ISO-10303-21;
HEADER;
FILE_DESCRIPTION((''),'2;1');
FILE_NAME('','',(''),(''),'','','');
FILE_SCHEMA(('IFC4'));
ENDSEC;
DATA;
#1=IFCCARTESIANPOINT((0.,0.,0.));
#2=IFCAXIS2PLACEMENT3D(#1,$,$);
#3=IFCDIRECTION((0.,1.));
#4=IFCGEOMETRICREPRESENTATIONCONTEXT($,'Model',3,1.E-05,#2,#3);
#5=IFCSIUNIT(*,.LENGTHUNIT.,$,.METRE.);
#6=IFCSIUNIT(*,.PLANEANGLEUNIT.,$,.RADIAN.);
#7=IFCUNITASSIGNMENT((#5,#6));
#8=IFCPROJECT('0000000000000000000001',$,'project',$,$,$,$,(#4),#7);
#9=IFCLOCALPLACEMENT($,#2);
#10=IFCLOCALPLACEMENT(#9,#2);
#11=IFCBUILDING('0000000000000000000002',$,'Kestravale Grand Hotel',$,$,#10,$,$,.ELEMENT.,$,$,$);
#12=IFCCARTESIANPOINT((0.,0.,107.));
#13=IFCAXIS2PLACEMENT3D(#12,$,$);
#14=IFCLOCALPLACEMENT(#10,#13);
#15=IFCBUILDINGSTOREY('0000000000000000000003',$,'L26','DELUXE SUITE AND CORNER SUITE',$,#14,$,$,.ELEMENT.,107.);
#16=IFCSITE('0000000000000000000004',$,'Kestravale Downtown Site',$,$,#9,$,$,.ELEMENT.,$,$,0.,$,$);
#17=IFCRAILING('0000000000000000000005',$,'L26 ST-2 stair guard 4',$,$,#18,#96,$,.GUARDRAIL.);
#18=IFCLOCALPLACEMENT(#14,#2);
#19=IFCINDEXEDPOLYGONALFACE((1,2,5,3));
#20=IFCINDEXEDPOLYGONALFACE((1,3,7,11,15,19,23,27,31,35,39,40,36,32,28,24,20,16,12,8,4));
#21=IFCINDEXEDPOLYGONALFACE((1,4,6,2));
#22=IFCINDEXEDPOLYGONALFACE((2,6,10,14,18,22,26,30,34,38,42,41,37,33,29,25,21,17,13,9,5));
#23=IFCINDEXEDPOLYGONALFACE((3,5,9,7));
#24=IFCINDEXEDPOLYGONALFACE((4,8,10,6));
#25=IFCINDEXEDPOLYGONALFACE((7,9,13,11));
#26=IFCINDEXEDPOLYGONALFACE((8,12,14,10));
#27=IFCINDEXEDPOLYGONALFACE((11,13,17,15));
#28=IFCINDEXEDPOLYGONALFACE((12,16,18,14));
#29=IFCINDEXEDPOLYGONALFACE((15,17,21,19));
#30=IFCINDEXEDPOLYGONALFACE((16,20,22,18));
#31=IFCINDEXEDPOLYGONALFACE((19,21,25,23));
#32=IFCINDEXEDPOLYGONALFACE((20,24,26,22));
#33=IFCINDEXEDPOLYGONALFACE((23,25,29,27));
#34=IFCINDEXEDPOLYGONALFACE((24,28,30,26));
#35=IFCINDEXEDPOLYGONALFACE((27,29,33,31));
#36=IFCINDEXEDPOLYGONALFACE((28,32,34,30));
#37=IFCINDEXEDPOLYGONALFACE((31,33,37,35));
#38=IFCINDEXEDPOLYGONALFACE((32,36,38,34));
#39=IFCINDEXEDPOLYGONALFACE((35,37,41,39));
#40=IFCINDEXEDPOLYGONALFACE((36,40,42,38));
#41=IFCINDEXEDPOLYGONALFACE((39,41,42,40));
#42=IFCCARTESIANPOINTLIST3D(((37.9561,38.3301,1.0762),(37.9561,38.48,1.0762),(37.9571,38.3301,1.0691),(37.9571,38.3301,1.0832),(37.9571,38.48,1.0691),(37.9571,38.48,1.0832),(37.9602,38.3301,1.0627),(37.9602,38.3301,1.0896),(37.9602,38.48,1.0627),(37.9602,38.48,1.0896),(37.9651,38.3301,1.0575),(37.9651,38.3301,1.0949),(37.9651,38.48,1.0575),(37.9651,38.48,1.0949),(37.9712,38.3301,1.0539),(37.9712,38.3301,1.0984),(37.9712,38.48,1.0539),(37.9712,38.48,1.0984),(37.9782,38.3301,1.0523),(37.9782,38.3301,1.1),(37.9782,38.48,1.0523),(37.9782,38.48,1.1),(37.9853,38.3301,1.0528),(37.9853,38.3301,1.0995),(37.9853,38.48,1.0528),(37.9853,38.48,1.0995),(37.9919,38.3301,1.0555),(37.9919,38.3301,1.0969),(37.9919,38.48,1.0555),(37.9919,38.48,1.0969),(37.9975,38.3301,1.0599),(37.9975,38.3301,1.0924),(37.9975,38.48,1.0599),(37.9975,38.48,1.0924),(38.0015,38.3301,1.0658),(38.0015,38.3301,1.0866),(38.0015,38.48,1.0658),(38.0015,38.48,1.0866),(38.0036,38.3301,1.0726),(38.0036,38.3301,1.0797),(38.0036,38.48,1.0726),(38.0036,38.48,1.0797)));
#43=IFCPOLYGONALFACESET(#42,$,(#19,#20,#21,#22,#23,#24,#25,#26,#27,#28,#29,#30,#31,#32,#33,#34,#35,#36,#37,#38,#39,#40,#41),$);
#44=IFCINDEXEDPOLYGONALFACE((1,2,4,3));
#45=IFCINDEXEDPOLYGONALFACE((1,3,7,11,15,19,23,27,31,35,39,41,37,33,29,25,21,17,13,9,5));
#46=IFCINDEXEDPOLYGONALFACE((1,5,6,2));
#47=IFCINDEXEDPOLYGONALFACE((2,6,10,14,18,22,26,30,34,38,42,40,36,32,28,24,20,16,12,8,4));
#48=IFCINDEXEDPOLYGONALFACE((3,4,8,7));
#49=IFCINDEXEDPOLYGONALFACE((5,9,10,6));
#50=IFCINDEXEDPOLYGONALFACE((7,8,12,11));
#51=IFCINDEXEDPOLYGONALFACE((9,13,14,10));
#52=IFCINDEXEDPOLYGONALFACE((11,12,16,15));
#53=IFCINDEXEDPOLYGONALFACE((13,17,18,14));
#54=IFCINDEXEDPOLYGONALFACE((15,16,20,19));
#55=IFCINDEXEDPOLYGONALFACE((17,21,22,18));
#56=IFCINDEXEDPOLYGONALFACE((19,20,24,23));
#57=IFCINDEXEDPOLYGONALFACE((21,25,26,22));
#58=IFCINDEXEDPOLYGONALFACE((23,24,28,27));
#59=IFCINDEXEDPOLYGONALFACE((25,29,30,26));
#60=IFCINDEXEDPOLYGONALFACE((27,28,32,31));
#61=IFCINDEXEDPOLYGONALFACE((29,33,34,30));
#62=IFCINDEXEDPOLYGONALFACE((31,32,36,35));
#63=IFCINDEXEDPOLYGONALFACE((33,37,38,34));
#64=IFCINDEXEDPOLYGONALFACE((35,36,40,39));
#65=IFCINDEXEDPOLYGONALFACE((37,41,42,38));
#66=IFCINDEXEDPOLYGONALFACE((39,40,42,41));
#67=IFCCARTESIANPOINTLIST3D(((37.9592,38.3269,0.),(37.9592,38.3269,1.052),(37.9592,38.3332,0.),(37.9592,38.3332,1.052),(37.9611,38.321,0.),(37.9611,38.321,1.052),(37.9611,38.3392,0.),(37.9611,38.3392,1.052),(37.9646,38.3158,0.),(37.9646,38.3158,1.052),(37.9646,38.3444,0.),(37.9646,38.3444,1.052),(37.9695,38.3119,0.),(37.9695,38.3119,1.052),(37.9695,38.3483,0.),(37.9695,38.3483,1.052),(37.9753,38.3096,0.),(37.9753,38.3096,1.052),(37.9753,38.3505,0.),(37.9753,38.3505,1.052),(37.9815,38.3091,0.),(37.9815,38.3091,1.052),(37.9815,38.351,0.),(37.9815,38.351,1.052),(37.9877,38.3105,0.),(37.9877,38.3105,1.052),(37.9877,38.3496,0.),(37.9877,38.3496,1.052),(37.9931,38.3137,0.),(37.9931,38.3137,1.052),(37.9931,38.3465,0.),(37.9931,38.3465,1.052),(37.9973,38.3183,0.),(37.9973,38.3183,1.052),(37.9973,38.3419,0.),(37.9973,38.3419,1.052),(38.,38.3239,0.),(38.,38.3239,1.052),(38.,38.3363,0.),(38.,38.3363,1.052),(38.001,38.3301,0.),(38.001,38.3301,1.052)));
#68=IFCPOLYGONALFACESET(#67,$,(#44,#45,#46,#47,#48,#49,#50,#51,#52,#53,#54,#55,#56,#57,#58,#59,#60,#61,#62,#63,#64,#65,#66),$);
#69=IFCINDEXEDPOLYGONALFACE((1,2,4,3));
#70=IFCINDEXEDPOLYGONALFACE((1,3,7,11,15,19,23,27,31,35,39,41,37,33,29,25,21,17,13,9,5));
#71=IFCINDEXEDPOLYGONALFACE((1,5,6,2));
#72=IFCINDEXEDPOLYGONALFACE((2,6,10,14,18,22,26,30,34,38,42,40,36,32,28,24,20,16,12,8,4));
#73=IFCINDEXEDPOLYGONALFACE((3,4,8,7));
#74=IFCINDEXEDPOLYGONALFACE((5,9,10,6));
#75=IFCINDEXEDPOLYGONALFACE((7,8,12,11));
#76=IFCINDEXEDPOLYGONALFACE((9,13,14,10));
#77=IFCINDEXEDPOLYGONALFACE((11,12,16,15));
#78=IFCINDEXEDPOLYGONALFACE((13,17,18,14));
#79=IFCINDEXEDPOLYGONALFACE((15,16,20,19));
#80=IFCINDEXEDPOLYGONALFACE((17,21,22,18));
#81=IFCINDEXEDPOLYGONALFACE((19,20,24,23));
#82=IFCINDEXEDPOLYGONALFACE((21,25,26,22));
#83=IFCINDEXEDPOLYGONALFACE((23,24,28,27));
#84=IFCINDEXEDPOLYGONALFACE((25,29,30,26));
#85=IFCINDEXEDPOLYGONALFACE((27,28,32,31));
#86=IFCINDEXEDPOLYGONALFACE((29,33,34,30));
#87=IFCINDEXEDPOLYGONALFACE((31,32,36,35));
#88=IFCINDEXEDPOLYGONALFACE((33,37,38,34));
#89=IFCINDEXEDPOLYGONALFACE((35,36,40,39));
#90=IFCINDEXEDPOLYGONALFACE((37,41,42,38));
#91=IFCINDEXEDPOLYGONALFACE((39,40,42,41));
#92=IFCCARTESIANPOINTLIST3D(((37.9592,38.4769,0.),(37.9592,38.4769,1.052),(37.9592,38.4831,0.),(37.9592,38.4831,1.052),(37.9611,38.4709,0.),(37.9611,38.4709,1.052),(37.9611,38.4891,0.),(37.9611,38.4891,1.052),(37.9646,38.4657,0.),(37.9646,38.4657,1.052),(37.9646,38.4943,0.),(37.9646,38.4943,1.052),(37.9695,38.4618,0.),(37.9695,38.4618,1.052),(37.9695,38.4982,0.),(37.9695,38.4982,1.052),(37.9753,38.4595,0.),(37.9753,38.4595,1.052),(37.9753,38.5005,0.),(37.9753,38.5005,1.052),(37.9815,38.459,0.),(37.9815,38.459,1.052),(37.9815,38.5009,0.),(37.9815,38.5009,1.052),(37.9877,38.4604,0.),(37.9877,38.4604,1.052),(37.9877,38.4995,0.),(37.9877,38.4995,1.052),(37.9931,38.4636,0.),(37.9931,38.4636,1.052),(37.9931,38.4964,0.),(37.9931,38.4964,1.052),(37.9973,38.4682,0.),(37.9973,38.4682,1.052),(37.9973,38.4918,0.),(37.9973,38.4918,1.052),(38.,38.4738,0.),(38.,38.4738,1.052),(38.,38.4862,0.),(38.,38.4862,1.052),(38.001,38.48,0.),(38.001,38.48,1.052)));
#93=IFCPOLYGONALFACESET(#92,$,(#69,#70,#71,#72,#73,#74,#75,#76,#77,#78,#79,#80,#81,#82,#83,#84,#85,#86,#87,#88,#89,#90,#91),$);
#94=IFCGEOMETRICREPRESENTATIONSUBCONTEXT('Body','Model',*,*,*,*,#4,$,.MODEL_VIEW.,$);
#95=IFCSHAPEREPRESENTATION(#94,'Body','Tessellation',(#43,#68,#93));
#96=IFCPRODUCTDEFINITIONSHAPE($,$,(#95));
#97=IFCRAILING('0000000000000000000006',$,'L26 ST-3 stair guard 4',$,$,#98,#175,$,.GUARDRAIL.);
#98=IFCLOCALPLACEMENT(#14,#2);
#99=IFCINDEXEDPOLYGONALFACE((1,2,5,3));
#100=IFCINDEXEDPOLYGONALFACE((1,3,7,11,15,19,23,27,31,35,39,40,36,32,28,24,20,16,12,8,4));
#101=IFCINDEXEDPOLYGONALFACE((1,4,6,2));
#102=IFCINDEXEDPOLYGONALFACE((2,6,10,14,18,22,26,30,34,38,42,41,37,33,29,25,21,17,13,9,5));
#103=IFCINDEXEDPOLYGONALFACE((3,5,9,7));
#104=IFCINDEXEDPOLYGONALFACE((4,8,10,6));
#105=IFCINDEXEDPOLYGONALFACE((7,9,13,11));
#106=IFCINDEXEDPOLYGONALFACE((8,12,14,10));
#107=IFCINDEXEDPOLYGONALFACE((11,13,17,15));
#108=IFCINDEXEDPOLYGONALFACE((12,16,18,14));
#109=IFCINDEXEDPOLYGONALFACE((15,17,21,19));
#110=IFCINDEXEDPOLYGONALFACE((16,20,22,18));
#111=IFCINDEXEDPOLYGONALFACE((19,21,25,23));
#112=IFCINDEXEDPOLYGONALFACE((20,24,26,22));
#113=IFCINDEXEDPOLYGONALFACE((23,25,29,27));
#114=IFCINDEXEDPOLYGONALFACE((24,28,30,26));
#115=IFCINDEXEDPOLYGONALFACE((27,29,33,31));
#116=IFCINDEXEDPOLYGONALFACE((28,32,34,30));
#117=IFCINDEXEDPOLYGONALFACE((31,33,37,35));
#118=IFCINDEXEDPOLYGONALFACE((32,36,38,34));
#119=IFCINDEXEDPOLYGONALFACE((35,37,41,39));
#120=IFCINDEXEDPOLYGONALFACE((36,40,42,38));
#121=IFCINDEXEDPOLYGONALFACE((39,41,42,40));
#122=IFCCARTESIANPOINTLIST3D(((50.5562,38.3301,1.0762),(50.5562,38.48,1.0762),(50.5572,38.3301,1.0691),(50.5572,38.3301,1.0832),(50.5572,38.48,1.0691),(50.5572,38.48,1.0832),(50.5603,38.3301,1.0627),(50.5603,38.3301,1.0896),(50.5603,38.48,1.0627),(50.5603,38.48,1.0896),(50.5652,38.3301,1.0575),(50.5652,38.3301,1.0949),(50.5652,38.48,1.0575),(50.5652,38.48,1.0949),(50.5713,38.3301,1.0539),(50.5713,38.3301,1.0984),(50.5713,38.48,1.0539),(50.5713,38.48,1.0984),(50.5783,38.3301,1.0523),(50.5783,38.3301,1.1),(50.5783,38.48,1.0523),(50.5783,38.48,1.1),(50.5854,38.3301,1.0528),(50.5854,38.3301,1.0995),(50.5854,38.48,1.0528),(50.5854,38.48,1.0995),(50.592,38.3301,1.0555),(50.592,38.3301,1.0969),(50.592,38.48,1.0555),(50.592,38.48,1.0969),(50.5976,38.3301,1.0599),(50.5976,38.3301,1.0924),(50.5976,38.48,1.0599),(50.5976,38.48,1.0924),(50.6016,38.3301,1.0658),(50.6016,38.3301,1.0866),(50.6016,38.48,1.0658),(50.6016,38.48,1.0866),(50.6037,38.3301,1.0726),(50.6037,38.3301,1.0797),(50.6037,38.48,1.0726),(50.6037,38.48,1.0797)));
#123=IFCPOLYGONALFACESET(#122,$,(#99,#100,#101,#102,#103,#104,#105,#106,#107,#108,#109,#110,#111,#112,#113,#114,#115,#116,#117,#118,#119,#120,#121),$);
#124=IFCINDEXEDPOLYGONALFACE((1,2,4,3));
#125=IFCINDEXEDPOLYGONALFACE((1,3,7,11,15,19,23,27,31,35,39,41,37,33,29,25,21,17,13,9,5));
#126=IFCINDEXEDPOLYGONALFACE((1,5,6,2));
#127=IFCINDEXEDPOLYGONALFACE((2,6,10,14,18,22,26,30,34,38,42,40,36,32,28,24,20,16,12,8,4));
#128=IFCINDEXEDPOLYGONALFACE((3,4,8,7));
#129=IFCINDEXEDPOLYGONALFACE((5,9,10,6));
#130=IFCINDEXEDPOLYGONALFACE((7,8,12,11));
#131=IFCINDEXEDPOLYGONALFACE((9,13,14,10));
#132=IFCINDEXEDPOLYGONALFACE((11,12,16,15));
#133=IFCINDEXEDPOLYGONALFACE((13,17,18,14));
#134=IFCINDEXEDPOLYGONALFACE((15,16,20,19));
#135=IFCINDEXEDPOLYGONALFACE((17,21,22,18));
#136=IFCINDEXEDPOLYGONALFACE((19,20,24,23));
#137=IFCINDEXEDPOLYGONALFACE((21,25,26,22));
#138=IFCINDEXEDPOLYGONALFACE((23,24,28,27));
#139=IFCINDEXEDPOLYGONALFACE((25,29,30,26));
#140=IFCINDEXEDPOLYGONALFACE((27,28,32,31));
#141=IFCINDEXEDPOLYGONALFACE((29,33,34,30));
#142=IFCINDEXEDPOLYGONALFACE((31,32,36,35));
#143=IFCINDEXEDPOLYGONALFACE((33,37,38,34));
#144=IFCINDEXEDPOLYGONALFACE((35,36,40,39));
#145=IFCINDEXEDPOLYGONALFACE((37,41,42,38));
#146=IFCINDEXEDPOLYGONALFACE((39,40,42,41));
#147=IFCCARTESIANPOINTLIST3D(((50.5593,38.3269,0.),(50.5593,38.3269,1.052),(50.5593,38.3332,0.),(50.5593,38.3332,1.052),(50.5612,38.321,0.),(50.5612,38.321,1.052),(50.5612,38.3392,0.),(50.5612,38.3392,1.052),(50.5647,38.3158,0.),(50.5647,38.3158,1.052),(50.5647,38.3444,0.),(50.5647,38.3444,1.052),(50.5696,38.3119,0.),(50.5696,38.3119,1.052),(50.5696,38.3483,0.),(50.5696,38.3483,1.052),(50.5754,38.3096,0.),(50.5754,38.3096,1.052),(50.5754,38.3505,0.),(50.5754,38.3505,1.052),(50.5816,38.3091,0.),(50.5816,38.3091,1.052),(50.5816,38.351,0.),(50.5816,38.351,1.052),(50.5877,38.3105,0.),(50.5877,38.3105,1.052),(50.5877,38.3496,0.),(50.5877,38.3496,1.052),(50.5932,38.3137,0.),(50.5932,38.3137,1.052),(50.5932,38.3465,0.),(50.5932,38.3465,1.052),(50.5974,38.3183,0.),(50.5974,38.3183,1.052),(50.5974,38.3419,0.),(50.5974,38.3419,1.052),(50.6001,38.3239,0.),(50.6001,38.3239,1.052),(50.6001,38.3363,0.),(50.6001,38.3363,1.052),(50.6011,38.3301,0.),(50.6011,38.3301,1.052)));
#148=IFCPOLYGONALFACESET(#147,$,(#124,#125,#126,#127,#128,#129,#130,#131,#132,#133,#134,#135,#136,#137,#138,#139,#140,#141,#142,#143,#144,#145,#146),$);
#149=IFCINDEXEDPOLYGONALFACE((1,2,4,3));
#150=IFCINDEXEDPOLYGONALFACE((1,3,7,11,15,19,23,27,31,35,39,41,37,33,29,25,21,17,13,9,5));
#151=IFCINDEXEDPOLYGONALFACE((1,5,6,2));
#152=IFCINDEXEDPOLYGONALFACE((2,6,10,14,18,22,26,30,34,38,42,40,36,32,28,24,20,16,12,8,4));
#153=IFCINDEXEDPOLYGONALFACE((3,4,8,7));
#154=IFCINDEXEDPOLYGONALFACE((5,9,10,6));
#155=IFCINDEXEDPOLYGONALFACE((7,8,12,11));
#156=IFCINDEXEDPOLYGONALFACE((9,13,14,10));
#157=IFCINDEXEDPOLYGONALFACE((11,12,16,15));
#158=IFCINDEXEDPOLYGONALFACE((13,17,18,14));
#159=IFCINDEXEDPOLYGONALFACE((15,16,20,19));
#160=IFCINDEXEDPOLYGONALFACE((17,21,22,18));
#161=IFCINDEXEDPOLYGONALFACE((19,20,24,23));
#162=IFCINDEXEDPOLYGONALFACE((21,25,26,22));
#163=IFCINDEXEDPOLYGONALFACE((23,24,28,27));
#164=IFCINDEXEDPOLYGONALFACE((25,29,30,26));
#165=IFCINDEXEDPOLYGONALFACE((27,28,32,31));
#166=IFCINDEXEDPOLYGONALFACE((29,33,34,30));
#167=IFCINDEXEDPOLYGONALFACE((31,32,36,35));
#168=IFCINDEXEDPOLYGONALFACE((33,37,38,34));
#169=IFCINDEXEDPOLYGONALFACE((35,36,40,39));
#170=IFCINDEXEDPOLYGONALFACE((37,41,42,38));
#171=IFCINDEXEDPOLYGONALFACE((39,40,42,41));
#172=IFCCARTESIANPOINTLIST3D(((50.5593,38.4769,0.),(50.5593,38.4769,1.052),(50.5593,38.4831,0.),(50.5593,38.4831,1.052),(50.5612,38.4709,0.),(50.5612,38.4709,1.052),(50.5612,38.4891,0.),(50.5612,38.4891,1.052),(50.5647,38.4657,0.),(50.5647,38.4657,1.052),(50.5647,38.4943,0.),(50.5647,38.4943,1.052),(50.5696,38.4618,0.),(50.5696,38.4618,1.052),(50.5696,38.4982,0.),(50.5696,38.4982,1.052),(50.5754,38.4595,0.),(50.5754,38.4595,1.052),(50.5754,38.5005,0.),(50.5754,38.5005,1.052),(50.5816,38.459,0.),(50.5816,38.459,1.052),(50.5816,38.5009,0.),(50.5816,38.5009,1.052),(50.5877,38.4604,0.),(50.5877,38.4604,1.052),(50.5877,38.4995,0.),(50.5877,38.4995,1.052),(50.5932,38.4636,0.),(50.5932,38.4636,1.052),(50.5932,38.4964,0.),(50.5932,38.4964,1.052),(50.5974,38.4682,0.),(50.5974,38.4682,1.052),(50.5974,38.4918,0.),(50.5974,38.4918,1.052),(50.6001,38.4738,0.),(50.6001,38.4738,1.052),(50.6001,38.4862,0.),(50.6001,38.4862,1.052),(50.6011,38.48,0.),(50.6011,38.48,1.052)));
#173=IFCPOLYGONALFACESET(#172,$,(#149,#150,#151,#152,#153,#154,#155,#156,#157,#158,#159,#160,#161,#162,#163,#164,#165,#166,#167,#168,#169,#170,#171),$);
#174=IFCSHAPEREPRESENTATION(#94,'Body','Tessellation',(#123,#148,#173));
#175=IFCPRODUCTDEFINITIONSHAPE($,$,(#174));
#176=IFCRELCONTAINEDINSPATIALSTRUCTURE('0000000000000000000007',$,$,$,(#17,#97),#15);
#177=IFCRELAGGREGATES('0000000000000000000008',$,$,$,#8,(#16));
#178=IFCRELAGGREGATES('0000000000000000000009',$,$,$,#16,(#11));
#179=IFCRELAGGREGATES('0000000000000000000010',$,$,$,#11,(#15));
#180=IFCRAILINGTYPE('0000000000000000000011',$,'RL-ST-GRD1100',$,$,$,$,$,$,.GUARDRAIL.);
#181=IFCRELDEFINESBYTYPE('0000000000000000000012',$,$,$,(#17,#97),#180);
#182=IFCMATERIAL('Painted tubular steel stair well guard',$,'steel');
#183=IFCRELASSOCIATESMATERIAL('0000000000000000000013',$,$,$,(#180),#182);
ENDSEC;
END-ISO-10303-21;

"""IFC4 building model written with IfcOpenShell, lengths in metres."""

from ifc_helpers import new_model, si_unit, direction, frame, origin, origin_2d, place, context, subcontext, project, spatial, circle, extrude, material, type_object, element, save


model = new_model("IFC4")

# Units and contexts
model_context = context("Model", 3, precision=1e-05, world=origin(), true_north=direction((0.0, 1.0)))
body_context = subcontext(model_context, "Body", "Model", "MODEL_VIEW")
ifc_project = project(units=[si_unit("LENGTHUNIT", "METRE"), si_unit("PLANEANGLEUNIT", "RADIAN")], contexts=[model_context])

# Site, building, storey
site_placement = place(None, origin())
site = spatial("IfcSite", under=ifc_project, at=site_placement, Name="Kestravale Downtown Site", CompositionType="ELEMENT", RefElevation=0.0)
building_placement = place(site_placement, origin())
building = spatial("IfcBuilding", under=site, at=building_placement, Name="Kestravale Grand Hotel", CompositionType="ELEMENT")
storey_placement = place(building_placement, frame((0.0, 0.0, 107.0)))
storey = spatial("IfcBuildingStorey", under=building, at=storey_placement, Name="L26", Description="DELUXE SUITE AND CORNER SUITE", CompositionType="ELEMENT", Elevation=107.0)

# Railings
ifc_material_1 = material(Name="Painted tubular steel stair well guard", Category="steel")
railing_type_1 = type_object("IfcRailingType", Name="RL-ST-GRD1100", PredefinedType="GUARDRAIL", material=ifc_material_1)
for number, where, name in (
    (1, (37.98, 38.3301, 0.0), "L26 ST-2 stair guard 4"),
    (2, (50.5801, 38.3301, 0.0), "L26 ST-3 stair guard 4"),
):
    element("IfcRailing", number, at=place(storey_placement, frame(where)), inside=storey, type_object=railing_type_1, Name=name, PredefinedType="GUARDRAIL", context=body_context, shape_type="SweptSolid", body=[
        extrude(circle(Radius=0.0239, at=origin_2d()), frame((0.0, 0.0, 1.0762), z_axis=(0.0, 1.0, 0.0), x_axis=(-1.0, 0.0, 0.0)), (0.0, 0.0, 1.0), 0.1499),
        extrude(circle(Radius=0.021, at=origin_2d()), origin(), (0.0, 0.0, 1.0), 1.052),
        extrude(circle(Radius=0.021, at=origin_2d()), frame((0.0, 0.1499, 0.0)), (0.0, 0.0, 1.0), 1.052),
    ])

save(model, "model.ifc")
